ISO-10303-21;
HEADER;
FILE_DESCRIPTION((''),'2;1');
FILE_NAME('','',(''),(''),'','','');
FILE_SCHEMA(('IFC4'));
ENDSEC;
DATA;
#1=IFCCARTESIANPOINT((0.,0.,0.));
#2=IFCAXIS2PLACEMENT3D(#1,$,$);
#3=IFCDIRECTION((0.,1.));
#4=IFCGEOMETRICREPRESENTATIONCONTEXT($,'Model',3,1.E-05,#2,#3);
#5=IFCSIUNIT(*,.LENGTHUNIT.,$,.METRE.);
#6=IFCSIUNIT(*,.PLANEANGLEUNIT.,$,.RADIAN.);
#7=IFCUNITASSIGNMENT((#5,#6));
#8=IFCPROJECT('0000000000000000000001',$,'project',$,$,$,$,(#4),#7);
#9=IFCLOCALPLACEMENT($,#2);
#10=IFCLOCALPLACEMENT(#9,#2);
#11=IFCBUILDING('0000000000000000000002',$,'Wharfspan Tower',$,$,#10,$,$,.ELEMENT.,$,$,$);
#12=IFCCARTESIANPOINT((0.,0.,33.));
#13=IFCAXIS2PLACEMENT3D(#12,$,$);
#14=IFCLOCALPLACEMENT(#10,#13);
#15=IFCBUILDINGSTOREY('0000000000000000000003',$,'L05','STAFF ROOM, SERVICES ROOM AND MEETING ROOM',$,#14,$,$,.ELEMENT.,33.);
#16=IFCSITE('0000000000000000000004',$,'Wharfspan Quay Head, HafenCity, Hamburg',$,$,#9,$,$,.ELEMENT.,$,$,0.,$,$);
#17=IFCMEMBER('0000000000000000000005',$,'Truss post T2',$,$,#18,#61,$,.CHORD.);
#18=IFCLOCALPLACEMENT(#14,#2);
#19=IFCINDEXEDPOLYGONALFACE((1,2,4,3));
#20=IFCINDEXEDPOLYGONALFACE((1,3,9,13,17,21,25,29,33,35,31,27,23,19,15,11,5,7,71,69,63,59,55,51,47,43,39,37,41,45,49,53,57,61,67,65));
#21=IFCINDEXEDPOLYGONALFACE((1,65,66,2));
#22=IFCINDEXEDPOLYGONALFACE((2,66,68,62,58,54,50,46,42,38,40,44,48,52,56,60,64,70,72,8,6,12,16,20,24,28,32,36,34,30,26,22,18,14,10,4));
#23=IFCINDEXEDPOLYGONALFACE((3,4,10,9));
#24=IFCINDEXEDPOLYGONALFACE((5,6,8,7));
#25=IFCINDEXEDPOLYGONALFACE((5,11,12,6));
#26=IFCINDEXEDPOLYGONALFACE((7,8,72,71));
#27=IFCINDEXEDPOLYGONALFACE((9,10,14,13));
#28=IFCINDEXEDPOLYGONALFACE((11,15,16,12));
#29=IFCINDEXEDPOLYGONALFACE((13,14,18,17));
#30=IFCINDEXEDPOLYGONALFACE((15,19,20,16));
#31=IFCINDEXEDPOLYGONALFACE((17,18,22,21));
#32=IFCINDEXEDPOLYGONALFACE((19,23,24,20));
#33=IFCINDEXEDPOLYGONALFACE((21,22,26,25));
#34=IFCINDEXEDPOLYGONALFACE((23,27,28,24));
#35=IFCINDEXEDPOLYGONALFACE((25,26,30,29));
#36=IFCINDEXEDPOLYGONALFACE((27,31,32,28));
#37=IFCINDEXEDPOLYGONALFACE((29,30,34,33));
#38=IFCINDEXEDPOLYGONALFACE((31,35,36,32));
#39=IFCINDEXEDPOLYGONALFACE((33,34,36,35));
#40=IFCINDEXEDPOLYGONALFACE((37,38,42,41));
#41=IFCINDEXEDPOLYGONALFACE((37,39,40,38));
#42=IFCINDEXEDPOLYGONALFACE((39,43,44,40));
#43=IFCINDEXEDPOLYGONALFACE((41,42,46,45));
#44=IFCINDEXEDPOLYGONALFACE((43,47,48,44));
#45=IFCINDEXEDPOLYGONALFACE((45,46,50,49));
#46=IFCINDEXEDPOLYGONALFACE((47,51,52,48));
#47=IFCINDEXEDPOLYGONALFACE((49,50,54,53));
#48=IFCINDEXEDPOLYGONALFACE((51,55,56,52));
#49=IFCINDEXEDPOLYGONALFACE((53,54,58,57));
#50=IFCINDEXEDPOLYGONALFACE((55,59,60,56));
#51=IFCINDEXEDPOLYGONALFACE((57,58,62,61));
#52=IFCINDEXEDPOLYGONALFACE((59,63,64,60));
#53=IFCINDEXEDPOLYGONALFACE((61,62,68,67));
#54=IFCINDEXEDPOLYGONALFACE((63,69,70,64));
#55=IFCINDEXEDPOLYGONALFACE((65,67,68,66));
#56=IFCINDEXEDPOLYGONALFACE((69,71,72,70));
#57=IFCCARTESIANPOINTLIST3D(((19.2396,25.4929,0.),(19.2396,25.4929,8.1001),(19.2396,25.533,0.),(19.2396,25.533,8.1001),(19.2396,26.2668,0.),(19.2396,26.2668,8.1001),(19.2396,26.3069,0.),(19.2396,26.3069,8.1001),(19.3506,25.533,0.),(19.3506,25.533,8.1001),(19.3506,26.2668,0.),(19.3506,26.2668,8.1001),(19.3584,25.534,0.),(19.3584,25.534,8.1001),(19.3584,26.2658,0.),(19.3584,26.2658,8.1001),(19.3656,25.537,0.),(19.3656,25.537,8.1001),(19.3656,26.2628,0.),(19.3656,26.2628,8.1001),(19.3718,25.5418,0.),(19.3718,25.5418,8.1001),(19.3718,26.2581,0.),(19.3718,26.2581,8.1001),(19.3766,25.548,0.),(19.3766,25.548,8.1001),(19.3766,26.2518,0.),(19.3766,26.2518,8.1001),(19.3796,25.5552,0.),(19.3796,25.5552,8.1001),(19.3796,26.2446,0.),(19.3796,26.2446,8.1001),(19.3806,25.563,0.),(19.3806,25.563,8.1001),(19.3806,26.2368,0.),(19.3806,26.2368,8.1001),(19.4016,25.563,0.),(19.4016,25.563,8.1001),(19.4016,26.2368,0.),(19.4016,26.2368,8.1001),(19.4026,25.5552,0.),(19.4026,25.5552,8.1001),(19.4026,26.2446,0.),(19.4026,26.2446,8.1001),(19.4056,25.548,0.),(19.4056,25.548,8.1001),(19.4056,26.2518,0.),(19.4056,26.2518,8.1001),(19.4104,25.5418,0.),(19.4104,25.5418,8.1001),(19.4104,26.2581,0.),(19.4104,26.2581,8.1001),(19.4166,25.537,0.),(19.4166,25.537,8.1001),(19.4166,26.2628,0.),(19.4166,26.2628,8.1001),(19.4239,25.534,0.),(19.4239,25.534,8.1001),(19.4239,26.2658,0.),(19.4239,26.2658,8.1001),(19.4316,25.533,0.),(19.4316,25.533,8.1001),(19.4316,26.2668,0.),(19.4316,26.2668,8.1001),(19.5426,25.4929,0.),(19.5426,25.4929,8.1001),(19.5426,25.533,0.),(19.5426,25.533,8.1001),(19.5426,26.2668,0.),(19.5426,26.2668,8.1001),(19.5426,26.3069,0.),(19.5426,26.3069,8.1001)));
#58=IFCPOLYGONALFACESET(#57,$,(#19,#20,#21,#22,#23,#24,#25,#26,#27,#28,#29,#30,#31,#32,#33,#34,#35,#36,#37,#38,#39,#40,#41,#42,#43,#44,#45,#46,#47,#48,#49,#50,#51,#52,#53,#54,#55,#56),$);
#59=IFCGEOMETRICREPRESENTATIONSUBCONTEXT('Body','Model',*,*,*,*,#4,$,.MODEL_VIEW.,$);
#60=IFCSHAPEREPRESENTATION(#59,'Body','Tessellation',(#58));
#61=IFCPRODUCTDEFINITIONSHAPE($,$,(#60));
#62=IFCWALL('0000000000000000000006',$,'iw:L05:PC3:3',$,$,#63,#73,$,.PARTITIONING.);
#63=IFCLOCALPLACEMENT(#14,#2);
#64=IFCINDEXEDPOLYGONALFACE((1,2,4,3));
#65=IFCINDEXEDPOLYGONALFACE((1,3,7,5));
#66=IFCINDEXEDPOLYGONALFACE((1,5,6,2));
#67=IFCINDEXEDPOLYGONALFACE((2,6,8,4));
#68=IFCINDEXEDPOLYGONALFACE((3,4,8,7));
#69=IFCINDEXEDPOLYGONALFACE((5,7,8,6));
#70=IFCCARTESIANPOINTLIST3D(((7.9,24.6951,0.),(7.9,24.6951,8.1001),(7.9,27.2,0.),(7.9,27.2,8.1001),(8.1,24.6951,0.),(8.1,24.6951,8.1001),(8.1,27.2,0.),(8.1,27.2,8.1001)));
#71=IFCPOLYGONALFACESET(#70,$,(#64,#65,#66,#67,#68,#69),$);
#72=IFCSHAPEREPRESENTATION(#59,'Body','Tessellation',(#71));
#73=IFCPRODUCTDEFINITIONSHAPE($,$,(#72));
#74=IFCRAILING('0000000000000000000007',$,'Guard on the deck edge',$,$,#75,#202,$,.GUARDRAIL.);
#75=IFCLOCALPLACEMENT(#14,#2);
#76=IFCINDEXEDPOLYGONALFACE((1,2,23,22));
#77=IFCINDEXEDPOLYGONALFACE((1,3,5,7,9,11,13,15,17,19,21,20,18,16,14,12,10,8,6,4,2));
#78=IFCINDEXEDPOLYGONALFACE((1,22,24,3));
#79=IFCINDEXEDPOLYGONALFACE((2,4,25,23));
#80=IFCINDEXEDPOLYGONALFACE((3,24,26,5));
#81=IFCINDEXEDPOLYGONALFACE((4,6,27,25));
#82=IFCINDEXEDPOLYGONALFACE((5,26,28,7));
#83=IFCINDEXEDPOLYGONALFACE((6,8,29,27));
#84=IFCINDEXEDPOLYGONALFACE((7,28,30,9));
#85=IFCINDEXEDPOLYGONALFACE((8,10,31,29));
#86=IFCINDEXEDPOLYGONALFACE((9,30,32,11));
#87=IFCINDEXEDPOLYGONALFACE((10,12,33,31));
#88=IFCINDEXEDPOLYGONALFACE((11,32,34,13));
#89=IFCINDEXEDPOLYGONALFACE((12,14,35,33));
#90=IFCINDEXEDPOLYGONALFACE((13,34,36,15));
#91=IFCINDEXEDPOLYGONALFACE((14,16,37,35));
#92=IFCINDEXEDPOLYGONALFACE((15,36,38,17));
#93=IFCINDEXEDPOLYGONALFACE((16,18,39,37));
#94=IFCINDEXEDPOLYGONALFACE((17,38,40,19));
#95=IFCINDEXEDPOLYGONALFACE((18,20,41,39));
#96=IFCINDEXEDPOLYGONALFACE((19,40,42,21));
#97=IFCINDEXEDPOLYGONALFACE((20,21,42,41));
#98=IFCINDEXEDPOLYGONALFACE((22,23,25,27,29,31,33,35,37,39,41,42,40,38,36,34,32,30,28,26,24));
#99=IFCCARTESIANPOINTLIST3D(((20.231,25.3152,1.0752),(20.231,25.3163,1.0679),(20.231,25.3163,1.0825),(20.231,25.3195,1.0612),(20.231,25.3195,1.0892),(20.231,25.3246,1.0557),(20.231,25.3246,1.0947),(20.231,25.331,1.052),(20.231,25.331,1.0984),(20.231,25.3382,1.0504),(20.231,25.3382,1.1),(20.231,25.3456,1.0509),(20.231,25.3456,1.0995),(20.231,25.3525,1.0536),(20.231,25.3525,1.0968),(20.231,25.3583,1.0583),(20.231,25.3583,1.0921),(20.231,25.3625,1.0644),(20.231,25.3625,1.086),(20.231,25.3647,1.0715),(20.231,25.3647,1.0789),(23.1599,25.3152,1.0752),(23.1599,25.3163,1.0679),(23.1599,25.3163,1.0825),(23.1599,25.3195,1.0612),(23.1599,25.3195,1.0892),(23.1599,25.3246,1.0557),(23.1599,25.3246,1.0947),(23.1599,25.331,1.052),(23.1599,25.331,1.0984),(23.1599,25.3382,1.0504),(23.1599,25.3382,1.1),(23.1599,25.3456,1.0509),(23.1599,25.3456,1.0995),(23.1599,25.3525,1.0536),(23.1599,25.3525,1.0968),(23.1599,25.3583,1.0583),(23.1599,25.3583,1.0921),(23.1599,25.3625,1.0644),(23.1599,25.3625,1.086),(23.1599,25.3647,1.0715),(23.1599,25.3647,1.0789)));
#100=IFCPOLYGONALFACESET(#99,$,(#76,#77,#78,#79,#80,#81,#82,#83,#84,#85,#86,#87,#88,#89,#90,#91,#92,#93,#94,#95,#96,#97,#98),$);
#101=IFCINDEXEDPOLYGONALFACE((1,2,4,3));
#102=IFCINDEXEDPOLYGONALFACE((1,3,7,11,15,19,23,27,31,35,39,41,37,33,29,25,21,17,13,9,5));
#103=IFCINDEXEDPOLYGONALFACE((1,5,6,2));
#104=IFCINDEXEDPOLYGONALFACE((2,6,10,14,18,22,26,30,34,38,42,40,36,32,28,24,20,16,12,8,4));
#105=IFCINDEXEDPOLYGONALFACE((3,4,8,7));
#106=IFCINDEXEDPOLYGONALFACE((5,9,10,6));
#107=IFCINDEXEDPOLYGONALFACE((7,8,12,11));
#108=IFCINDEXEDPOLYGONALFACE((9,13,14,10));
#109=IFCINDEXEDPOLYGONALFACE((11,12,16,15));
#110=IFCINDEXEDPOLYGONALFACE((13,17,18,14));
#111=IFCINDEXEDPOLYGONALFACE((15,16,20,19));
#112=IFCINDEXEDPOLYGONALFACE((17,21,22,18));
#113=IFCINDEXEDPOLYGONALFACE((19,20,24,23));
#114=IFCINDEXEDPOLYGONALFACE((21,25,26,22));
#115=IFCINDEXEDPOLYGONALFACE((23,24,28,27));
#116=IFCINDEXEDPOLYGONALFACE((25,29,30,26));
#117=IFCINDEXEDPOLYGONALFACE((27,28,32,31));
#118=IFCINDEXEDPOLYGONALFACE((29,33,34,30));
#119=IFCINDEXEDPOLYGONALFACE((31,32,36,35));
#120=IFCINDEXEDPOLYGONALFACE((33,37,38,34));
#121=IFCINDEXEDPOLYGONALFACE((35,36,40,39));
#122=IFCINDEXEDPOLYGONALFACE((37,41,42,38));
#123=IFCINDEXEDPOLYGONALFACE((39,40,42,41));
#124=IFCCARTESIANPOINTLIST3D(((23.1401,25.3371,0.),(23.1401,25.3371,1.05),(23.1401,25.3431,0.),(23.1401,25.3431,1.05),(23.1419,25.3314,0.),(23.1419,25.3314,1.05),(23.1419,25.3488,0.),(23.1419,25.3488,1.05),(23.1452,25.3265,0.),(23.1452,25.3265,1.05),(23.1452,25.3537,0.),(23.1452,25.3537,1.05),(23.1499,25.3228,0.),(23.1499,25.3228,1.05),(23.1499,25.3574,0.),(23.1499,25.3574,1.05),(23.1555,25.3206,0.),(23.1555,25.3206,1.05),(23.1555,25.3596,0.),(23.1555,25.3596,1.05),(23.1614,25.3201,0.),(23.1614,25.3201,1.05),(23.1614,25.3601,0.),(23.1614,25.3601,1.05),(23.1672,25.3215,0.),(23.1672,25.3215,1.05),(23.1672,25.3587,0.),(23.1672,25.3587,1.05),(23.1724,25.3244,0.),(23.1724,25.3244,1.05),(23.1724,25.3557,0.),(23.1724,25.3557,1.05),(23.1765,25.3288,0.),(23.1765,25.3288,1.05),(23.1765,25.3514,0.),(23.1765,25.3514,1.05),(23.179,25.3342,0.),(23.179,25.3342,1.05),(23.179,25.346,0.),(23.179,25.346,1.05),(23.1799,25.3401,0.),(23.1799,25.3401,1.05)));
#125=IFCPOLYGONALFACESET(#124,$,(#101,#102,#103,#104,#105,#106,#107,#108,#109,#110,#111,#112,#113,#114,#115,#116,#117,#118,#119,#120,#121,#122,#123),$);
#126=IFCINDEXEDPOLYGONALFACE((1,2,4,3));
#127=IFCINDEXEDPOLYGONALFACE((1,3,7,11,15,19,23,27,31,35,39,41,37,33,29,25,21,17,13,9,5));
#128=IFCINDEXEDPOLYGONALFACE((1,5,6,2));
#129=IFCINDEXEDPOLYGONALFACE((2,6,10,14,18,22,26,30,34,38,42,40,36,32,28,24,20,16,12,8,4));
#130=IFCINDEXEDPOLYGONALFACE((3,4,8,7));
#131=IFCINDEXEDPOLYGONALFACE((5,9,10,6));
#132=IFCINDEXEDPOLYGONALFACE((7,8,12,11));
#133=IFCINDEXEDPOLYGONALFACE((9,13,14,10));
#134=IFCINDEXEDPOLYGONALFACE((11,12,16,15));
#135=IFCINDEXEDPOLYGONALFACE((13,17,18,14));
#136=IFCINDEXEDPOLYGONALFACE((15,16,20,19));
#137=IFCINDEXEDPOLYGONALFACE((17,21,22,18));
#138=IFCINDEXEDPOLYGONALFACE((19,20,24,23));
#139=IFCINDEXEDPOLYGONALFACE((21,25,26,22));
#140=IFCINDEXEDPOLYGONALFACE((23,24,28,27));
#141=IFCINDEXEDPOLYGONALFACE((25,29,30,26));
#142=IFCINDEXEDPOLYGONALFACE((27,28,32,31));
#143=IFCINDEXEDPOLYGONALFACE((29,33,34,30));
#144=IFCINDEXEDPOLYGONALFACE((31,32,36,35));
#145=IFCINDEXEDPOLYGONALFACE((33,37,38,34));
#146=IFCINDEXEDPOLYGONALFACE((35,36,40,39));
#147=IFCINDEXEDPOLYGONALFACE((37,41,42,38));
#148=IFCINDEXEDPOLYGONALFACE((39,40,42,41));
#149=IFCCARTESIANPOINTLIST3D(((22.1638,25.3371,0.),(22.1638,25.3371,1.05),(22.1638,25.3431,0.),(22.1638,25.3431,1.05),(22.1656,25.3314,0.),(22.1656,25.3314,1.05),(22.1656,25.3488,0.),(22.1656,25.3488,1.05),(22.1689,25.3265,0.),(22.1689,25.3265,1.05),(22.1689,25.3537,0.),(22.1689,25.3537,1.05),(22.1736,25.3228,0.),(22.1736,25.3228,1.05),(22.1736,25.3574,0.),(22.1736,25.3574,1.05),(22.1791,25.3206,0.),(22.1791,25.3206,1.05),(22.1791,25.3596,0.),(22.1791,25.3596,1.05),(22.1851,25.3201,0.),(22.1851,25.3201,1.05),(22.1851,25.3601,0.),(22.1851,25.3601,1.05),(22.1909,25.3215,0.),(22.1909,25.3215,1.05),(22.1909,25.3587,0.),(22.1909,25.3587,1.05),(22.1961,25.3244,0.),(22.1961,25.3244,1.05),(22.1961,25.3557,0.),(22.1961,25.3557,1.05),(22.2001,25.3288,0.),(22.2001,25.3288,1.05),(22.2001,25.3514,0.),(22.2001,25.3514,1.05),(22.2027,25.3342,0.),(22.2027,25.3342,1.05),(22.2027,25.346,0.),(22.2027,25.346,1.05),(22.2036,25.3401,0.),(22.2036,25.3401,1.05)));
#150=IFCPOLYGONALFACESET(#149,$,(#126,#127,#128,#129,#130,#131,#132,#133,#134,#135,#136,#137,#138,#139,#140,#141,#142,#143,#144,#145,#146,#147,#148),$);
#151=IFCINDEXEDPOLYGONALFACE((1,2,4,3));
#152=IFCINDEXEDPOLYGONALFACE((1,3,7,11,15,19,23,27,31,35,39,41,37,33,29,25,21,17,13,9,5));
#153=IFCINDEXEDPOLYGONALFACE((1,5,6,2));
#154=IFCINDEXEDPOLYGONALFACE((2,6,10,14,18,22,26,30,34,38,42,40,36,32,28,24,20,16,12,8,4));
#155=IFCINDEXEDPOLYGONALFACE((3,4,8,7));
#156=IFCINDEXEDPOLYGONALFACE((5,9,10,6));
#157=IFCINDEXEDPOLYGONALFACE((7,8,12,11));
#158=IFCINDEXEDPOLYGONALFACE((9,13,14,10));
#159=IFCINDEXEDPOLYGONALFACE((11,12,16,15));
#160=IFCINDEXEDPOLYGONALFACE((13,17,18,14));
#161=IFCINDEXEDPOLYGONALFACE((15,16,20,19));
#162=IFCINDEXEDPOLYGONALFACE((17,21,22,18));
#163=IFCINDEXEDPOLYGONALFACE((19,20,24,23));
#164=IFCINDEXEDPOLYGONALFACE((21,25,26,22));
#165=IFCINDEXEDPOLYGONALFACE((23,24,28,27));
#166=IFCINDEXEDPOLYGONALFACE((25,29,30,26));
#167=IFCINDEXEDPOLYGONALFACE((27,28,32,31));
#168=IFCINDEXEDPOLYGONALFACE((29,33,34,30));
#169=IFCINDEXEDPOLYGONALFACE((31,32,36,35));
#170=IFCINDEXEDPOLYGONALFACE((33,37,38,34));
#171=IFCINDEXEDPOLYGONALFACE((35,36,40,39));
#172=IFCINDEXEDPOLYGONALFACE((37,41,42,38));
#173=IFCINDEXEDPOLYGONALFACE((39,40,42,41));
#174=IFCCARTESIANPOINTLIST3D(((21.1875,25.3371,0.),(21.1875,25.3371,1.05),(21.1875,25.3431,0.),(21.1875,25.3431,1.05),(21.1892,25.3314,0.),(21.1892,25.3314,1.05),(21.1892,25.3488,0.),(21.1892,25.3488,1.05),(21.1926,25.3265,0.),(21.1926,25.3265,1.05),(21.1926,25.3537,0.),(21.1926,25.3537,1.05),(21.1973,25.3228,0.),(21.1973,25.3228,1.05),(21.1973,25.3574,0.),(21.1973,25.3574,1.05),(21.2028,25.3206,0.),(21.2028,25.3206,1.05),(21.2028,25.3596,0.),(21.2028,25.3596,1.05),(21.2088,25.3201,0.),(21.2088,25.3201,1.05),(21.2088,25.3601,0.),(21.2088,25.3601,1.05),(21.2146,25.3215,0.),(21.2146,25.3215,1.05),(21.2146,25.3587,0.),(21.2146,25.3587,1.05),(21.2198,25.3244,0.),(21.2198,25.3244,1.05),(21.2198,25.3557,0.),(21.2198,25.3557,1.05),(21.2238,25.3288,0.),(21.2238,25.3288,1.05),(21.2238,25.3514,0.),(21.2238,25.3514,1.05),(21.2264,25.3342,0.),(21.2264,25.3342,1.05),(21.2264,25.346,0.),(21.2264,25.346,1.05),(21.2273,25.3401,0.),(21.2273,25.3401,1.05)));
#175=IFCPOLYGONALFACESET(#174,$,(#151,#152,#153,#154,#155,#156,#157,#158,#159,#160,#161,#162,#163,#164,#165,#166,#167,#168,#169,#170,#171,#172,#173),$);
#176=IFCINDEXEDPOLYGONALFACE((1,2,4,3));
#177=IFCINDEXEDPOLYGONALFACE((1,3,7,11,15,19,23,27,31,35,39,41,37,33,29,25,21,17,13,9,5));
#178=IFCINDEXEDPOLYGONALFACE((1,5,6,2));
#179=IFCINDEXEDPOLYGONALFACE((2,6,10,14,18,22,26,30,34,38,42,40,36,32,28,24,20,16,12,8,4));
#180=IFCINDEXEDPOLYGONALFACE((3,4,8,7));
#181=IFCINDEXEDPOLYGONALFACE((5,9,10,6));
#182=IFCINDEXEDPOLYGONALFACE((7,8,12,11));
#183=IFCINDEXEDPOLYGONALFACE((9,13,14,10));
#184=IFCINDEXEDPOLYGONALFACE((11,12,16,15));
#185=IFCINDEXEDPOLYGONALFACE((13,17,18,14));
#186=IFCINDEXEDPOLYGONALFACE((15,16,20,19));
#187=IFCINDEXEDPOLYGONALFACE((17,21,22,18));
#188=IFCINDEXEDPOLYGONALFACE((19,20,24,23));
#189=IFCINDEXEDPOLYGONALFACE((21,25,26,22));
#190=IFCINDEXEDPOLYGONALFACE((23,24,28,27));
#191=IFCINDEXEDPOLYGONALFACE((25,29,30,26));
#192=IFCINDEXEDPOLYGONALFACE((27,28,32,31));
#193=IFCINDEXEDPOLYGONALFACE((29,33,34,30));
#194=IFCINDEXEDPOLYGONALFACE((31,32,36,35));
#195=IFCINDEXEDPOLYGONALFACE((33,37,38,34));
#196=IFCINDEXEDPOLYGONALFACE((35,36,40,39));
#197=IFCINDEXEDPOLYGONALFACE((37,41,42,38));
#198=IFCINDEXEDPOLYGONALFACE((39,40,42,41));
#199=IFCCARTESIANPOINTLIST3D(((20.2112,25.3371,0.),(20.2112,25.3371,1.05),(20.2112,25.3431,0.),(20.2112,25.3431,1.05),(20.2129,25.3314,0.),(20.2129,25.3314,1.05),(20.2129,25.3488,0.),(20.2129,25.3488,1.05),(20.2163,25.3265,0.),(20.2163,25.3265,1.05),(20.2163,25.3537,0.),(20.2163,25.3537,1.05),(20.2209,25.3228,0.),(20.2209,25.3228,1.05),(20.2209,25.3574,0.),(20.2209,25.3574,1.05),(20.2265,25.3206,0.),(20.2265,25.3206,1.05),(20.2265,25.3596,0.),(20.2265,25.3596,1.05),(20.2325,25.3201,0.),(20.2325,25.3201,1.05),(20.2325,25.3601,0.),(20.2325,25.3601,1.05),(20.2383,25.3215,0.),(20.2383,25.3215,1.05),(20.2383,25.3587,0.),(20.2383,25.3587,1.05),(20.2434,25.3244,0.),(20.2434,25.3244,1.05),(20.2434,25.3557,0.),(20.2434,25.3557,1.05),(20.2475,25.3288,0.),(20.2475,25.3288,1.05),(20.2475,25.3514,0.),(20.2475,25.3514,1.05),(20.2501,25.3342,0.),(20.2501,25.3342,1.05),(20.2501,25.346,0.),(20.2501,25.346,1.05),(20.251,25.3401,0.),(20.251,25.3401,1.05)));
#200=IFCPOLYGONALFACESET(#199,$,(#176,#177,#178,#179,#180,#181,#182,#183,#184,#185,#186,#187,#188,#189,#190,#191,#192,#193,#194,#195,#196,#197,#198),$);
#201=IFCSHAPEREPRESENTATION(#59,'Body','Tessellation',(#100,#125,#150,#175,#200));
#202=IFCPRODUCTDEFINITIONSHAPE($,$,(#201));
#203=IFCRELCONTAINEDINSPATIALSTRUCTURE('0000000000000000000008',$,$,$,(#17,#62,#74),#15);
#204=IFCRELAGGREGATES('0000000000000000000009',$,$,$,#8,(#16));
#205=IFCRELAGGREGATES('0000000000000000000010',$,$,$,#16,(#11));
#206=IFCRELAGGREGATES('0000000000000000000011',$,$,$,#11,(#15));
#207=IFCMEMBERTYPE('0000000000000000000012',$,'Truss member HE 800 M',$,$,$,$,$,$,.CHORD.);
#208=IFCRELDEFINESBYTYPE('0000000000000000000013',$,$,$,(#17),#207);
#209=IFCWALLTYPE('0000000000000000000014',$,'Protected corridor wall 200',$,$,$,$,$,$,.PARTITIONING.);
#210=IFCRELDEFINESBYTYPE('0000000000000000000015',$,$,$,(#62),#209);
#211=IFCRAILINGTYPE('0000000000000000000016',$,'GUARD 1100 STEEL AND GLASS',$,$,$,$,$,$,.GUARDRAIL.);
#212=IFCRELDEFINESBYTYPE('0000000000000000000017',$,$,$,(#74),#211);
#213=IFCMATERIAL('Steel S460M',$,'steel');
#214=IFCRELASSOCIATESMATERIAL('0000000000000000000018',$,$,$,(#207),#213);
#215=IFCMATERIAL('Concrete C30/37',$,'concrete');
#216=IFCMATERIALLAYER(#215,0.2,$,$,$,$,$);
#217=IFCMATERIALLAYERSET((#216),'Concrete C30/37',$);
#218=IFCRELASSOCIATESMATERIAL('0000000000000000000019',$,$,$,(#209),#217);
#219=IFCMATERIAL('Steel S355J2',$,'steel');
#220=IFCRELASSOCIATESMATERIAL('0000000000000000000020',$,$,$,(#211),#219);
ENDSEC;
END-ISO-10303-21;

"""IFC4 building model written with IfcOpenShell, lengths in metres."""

from ifc_helpers import new_model, si_unit, direction, frame, frame_2d, origin, origin_2d, place, context, subcontext, project, spatial, rectangle, circle, i_section, extrude, material, layer, layer_set, material_profile, profile_set, type_object, element, save


model = new_model("IFC4")

# Units and contexts
model_context = context("Model", 3, precision=1e-05, world=origin(), true_north=direction((0.0, 1.0)))
body_context = subcontext(model_context, "Body", "Model", "MODEL_VIEW")
ifc_project = project(units=[si_unit("LENGTHUNIT", "METRE"), si_unit("PLANEANGLEUNIT", "RADIAN")], contexts=[model_context])

# Site, building, storey
site_placement = place(None, origin())
site = spatial("IfcSite", under=ifc_project, at=site_placement, Name="Wharfspan Quay Head, HafenCity, Hamburg", CompositionType="ELEMENT", RefElevation=0.0)
building_placement = place(site_placement, origin())
building = spatial("IfcBuilding", under=site, at=building_placement, Name="Wharfspan Tower", CompositionType="ELEMENT")
storey_placement = place(building_placement, frame((0.0, 0.0, 33.0)))
storey = spatial("IfcBuildingStorey", under=building, at=storey_placement, Name="L05", Description="STAFF ROOM, SERVICES ROOM AND MEETING ROOM", CompositionType="ELEMENT", Elevation=33.0)

# Member
ifc_material_1 = material(Name="Steel S460M", Category="steel")
ifc_material_profile_1 = material_profile(ifc_material_1, i_section(OverallWidth=0.303, OverallDepth=0.814, WebThickness=0.021, FlangeThickness=0.04, FilletRadius=0.03, at=origin_2d()))
ifc_profile_set_1 = profile_set([ifc_material_profile_1], Name="Steel S460M")
member_type_1 = type_object("IfcMemberType", Name="Truss member HE 800 M", PredefinedType="CHORD", material=ifc_profile_set_1)
for number, where, z_axis, x_axis, name in (
    (1, (19.3911, 25.8999, 0.0), (0.0, 0.0, 1.0), (1.0, 0.0, 0.0), "Truss post T2"),
):
    element("IfcMember", number, at=place(storey_placement, frame(where, z_axis=z_axis, x_axis=x_axis)), inside=storey, type_object=member_type_1, Name=name, PredefinedType="CHORD", context=body_context, shape_type="SweptSolid", body=[
        extrude(i_section(OverallWidth=0.303, OverallDepth=0.814, WebThickness=0.021, FlangeThickness=0.04, FilletRadius=0.03, at=origin_2d()), origin(), (0.0, 0.0, 1.0), 8.1001),
    ])

# Wall
ifc_material_2 = material(Name="Concrete C30/37", Category="concrete")
ifc_layer = layer(ifc_material_2, 0.2)
ifc_layer_set = layer_set([ifc_layer], Name="Concrete C30/37")
wall_type = type_object("IfcWallType", Name="Protected corridor wall 200", PredefinedType="PARTITIONING", material=ifc_layer_set)
wall_placement = place(storey_placement, frame((8.0, 24.6951, 0.0), z_axis=(0.0, 0.0, 1.0), x_axis=(0.0, 1.0, 0.0)))
element("IfcWall", 2, at=wall_placement, inside=storey, type_object=wall_type, Name="iw:L05:PC3:3", PredefinedType="PARTITIONING", context=body_context, shape_type="SweptSolid", body=[
    extrude(rectangle(XDim=2.5049, YDim=0.2, at=frame_2d((1.2524, 0.0))), origin(), (0.0, 0.0, 1.0), 8.1001),
])

# Railing
ifc_material_3 = material(Name="Steel S355J2", Category="steel")
railing_type = type_object("IfcRailingType", Name="GUARD 1100 STEEL AND GLASS", PredefinedType="GUARDRAIL", material=ifc_material_3)
railing_1_placement = place(storey_placement, frame((23.1599, 25.3401, 0.0)))
element("IfcRailing", 3, at=railing_1_placement, inside=storey, type_object=railing_type, Name="Guard on the deck edge", PredefinedType="GUARDRAIL", context=body_context, shape_type="SweptSolid", body=[
    extrude(circle(Radius=0.0249, at=origin_2d()), frame((0.0, 0.0, 1.0752), z_axis=(-1.0, 0.0, 0.0), x_axis=(0.0, -1.0, 0.0)), (0.0, 0.0, 1.0), 2.929),
    extrude(circle(Radius=0.02, at=origin_2d()), origin(), (0.0, 0.0, 1.0), 1.05),
    extrude(circle(Radius=0.02, at=origin_2d()), frame((-0.9763, 0.0, 0.0)), (0.0, 0.0, 1.0), 1.05),
    extrude(circle(Radius=0.02, at=origin_2d()), frame((-1.9526, 0.0, 0.0)), (0.0, 0.0, 1.0), 1.05),
    extrude(circle(Radius=0.02, at=origin_2d()), frame((-2.929, 0.0, 0.0)), (0.0, 0.0, 1.0), 1.05),
])

save(model, "model.ifc")
